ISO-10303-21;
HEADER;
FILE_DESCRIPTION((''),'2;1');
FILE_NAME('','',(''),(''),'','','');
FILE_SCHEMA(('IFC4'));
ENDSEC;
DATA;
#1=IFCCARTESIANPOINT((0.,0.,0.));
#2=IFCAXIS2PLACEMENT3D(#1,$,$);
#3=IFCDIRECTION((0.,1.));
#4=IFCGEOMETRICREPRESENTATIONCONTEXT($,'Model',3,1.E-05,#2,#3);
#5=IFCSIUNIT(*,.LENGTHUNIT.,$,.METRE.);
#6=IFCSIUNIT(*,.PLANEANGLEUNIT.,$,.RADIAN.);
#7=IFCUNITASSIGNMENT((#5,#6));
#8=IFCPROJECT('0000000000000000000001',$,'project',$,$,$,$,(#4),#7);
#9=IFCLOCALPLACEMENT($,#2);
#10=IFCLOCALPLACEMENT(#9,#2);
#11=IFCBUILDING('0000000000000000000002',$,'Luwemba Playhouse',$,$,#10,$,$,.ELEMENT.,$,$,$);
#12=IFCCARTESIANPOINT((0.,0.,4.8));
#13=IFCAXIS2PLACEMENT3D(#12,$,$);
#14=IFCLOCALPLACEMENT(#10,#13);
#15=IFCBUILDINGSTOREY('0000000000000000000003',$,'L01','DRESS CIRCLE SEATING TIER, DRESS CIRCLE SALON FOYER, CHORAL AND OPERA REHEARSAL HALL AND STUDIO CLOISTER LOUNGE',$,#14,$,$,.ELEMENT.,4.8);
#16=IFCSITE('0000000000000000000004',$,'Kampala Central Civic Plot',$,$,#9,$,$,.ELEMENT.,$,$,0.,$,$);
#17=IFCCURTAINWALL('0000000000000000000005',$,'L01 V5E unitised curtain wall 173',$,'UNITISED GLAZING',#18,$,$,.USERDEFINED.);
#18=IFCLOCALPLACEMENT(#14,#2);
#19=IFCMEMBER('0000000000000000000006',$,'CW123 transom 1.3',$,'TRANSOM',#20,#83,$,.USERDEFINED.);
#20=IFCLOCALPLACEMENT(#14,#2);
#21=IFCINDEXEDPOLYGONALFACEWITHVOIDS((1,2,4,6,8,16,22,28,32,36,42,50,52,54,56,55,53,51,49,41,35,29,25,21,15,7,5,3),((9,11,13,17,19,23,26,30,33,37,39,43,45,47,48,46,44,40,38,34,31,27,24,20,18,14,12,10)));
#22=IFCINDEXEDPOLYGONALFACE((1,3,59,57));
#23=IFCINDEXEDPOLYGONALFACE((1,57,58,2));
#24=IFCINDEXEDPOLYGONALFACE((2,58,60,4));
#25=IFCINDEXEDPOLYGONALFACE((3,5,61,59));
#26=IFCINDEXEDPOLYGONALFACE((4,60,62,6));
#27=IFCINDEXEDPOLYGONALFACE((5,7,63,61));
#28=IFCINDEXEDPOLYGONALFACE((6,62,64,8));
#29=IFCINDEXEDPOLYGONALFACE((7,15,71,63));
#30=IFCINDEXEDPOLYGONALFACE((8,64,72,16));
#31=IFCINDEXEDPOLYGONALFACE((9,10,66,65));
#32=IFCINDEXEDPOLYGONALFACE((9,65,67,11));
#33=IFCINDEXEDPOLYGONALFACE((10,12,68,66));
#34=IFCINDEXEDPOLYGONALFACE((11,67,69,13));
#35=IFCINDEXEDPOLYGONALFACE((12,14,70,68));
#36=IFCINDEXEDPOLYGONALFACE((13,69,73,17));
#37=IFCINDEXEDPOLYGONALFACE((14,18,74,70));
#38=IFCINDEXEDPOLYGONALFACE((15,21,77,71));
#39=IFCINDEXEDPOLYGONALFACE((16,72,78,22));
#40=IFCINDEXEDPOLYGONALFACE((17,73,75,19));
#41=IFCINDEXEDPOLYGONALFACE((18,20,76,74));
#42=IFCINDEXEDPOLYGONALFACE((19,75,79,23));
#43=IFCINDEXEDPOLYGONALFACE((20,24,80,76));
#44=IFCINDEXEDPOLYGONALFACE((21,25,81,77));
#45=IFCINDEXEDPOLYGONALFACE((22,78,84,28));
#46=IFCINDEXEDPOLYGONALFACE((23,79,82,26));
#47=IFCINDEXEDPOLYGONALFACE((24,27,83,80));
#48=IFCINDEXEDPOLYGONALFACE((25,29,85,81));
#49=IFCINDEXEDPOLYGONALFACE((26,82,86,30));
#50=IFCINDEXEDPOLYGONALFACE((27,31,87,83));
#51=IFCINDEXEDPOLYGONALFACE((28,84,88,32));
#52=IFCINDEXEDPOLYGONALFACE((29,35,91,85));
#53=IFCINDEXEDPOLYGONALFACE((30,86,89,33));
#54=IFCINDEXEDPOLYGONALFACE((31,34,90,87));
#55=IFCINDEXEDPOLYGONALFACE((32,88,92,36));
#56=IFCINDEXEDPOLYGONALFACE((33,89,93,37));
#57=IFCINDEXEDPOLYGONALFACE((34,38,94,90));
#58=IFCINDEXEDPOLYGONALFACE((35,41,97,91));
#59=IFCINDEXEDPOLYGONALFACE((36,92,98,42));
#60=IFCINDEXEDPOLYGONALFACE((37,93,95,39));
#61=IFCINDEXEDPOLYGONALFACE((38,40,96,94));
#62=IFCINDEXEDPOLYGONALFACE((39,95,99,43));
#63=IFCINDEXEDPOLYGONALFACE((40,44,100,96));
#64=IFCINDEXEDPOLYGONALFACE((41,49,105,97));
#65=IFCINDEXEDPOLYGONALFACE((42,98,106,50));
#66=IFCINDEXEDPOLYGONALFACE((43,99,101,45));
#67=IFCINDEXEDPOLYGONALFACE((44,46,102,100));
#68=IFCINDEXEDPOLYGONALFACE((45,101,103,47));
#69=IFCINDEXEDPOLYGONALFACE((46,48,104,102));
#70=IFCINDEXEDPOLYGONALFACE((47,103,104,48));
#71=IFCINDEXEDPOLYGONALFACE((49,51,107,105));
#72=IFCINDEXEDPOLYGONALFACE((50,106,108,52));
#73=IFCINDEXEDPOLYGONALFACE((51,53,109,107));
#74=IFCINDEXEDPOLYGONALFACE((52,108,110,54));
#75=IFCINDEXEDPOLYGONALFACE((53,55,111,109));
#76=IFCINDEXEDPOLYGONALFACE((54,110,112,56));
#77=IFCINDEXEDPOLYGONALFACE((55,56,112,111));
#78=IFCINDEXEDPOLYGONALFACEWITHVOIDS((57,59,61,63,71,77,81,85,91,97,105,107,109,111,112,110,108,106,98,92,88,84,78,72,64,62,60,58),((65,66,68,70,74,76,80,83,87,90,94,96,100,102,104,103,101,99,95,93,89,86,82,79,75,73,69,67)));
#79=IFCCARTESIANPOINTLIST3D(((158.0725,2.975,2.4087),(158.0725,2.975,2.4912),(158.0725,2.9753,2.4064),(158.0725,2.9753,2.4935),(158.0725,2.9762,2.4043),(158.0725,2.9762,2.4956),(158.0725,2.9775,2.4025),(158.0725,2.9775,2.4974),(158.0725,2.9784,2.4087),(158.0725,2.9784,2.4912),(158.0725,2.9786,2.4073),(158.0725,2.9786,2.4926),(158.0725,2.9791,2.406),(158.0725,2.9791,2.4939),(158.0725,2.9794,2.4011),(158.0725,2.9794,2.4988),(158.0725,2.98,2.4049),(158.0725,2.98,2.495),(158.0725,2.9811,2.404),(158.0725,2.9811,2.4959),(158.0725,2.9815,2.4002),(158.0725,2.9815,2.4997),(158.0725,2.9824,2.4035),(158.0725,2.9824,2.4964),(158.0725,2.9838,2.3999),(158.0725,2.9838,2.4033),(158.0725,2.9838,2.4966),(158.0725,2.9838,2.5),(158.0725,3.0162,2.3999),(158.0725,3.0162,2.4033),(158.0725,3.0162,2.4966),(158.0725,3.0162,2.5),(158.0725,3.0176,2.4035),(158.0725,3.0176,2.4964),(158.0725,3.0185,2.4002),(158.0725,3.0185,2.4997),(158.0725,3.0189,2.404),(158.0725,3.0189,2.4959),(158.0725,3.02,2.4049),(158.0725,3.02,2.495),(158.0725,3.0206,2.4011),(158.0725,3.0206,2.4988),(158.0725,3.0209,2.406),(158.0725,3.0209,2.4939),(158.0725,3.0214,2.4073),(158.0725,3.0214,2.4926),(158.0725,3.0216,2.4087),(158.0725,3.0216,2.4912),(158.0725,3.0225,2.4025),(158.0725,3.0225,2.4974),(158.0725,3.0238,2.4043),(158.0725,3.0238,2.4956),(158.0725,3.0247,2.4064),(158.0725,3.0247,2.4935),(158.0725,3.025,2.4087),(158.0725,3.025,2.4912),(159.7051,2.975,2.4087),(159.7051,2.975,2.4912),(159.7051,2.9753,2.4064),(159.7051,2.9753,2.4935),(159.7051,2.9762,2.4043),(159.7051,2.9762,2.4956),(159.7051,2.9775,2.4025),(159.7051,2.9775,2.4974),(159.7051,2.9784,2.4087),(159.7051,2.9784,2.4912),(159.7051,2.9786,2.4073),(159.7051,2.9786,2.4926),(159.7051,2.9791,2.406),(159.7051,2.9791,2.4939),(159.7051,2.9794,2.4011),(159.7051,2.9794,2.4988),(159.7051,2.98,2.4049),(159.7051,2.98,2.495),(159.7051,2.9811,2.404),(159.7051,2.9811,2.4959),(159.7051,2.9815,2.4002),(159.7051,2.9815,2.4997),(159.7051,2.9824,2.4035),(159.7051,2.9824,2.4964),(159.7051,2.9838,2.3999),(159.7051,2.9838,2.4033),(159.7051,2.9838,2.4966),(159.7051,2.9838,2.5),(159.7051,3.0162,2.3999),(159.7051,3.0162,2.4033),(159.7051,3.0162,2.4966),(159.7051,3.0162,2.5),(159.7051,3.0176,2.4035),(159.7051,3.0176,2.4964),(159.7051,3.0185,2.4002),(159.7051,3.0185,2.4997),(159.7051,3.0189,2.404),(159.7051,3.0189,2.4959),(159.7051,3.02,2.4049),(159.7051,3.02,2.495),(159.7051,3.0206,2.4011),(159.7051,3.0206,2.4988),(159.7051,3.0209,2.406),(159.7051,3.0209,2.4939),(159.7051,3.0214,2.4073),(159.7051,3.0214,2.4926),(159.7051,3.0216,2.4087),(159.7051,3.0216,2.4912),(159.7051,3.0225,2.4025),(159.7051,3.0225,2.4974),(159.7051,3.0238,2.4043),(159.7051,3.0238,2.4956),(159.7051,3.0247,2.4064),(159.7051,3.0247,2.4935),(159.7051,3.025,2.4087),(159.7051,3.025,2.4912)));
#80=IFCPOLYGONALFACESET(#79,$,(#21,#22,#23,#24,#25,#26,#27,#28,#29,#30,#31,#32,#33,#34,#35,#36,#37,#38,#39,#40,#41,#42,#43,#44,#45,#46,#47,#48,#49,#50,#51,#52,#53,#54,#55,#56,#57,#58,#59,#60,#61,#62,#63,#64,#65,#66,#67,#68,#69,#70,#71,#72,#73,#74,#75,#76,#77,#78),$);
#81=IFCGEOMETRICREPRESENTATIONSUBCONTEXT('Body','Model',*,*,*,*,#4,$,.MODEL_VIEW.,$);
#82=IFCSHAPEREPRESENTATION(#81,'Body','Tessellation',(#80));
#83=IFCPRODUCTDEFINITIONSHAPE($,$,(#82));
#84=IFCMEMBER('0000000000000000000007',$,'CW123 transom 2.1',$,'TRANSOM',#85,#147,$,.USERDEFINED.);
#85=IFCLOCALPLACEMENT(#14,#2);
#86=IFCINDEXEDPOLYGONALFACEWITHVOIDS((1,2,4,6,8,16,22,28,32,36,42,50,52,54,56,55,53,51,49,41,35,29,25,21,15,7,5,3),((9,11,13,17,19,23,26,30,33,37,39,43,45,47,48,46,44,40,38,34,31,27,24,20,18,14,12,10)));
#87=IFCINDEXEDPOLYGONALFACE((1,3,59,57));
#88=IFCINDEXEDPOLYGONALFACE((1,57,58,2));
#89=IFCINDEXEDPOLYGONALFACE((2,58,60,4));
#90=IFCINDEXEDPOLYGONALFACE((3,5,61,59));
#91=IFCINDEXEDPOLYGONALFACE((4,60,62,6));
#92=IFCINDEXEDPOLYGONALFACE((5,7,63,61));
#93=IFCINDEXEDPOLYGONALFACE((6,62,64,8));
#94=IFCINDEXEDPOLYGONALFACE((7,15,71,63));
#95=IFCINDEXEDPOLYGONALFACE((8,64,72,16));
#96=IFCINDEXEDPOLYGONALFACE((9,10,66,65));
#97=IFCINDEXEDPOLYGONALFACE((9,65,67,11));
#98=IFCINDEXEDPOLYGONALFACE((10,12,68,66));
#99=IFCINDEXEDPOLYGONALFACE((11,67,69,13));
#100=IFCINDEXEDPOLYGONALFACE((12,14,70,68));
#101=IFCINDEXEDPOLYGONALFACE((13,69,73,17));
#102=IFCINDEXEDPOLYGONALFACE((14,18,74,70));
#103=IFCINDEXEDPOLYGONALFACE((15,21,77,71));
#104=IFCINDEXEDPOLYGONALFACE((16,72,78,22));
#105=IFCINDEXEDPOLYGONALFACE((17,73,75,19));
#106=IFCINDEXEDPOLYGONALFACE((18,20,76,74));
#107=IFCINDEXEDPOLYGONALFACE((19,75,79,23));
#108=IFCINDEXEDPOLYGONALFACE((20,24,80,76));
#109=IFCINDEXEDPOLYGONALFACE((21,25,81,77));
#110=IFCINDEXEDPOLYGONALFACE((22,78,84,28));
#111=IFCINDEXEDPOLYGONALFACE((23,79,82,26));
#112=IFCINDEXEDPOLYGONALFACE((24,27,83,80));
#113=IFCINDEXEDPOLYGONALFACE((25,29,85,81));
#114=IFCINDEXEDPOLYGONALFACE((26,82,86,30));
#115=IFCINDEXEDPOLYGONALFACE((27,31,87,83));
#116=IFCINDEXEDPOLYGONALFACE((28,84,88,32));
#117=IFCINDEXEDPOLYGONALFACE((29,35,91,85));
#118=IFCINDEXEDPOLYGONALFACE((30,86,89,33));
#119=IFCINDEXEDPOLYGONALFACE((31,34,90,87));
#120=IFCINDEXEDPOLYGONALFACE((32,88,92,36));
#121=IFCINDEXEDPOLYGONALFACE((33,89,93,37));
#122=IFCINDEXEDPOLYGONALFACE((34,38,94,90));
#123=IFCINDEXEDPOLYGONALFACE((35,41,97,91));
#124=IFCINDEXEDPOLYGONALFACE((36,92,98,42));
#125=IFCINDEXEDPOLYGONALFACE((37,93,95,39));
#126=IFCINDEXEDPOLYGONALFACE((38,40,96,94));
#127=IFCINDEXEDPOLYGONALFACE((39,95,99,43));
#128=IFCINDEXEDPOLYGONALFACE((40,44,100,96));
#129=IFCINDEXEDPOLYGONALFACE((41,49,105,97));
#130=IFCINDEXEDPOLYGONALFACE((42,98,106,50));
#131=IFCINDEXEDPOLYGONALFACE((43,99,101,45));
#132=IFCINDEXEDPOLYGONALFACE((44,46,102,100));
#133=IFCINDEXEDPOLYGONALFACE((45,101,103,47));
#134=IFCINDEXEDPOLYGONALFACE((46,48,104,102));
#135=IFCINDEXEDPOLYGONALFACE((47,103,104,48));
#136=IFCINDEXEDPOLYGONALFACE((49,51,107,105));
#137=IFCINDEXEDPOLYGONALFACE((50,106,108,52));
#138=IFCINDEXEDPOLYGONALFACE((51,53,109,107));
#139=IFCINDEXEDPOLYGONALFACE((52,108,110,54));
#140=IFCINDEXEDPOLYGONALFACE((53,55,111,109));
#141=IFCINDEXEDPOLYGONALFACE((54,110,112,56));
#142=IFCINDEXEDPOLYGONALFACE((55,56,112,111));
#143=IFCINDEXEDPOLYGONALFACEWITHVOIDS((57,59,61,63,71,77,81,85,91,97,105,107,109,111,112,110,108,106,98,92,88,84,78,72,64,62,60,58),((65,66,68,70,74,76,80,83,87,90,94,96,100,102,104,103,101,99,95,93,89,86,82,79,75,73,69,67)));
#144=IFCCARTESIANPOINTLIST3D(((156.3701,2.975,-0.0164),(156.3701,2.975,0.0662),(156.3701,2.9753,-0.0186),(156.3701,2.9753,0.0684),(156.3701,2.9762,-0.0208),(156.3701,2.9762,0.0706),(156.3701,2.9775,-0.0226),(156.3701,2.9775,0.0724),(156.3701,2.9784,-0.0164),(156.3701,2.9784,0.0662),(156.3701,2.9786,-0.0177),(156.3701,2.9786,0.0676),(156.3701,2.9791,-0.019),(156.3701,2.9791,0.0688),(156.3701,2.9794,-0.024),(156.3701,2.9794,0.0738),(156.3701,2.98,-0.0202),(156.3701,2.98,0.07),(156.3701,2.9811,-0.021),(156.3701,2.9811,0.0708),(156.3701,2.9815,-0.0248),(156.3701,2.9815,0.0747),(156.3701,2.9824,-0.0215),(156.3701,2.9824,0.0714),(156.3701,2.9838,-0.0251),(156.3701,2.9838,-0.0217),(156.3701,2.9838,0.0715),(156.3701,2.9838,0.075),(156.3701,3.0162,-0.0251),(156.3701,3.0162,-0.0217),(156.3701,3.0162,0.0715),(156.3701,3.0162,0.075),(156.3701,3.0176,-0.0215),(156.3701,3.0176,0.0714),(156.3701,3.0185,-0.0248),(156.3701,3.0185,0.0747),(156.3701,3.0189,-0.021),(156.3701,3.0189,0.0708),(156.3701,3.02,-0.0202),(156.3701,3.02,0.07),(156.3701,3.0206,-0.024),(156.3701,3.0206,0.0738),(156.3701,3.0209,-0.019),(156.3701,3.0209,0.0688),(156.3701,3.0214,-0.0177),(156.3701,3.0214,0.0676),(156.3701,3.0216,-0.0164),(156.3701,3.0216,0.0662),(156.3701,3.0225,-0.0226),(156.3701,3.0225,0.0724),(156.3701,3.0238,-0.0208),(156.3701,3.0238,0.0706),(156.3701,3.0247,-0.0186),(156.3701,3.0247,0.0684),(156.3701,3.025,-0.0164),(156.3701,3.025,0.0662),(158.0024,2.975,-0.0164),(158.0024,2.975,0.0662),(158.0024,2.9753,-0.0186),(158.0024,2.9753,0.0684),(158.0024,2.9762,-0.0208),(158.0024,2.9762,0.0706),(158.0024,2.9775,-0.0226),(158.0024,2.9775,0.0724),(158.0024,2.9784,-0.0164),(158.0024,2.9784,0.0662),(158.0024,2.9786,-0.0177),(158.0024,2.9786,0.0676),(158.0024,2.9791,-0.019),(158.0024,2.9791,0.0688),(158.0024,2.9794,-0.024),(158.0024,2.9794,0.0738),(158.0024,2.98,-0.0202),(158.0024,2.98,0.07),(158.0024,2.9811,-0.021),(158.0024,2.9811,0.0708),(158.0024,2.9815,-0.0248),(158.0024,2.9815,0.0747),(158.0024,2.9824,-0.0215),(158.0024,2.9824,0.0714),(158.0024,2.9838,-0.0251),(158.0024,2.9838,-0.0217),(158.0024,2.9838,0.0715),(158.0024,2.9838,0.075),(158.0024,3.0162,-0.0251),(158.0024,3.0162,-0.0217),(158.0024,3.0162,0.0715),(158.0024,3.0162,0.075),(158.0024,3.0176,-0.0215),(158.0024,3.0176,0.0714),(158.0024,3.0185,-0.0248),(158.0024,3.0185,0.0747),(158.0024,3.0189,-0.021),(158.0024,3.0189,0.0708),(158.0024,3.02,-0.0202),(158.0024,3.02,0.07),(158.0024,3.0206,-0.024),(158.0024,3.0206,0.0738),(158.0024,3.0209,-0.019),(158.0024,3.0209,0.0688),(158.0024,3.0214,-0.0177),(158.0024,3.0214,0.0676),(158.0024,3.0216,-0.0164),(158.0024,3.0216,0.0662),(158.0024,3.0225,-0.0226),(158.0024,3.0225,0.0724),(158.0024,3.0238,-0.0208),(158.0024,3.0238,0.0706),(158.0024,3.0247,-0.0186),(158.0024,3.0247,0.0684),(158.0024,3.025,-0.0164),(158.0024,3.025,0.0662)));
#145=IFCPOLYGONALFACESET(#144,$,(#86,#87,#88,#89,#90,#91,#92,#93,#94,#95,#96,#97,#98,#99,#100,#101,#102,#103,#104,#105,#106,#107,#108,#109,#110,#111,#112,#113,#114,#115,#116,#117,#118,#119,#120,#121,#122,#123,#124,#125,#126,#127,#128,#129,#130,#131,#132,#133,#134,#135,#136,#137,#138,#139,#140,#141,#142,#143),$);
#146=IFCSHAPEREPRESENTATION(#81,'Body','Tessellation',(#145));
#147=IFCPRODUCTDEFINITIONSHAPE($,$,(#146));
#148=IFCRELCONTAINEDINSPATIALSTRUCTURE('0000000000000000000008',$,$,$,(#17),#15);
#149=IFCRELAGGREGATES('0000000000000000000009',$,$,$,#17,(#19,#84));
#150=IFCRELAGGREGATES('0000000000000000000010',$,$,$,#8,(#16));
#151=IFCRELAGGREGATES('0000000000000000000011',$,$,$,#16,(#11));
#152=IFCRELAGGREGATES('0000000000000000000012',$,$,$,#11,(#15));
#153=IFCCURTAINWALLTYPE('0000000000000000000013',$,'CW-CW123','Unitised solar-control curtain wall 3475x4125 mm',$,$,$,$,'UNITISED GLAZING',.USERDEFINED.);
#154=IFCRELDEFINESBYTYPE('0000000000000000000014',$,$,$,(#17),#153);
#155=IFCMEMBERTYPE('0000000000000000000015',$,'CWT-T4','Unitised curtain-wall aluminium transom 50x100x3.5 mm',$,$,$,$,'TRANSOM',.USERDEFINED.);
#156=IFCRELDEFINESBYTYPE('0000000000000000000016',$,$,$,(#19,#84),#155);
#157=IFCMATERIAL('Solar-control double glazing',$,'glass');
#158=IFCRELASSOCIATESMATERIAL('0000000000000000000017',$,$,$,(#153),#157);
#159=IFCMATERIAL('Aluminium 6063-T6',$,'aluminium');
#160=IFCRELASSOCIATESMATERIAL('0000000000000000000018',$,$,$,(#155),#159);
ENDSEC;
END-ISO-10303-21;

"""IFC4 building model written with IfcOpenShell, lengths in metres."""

from ifc_helpers import new_model, si_unit, direction, frame, origin, origin_2d, place, context, subcontext, project, spatial, hollow_rectangle, extrude, material, material_profile, profile_set, type_object, element, aggregate, save


model = new_model("IFC4")

# Units and contexts
model_context = context("Model", 3, precision=1e-05, world=origin(), true_north=direction((0.0, 1.0)))
body_context = subcontext(model_context, "Body", "Model", "MODEL_VIEW")
ifc_project = project(units=[si_unit("LENGTHUNIT", "METRE"), si_unit("PLANEANGLEUNIT", "RADIAN")], contexts=[model_context])

# Site, building, storey
site_placement = place(None, origin())
site = spatial("IfcSite", under=ifc_project, at=site_placement, Name="Kampala Central Civic Plot", CompositionType="ELEMENT", RefElevation=0.0)
building_placement = place(site_placement, origin())
building = spatial("IfcBuilding", under=site, at=building_placement, Name="Luwemba Playhouse", CompositionType="ELEMENT")
storey_placement = place(building_placement, frame((0.0, 0.0, 4.8)))
storey = spatial("IfcBuildingStorey", under=building, at=storey_placement, Name="L01", Description="DRESS CIRCLE SEATING TIER, DRESS CIRCLE SALON FOYER, CHORAL AND OPERA REHEARSAL HALL AND STUDIO CLOISTER LOUNGE", CompositionType="ELEMENT", Elevation=4.8)

# Shared definitions
ifc_material_1 = material(Name="Solar-control double glazing", Category="glass")
ifc_material_2 = material(Name="Aluminium 6063-T6", Category="aluminium")

# Curtain wall
curtain_wall_type_1 = type_object("IfcCurtainWallType", Name="CW-CW123", Description="Unitised solar-control curtain wall 3475x4125 mm", ElementType="UNITISED GLAZING", PredefinedType="USERDEFINED", material=ifc_material_1)
curtain_wall_1_placement = place(storey_placement, origin())
curtain_wall_1 = element("IfcCurtainWall", 1, at=curtain_wall_1_placement, inside=storey, type_object=curtain_wall_type_1, Name="L01 V5E unitised curtain wall 173", ObjectType="UNITISED GLAZING", PredefinedType="USERDEFINED")

# Members
ifc_material_profile_1 = material_profile(ifc_material_2, hollow_rectangle(XDim=0.05, YDim=0.1001, WallThickness=0.0034, InnerFilletRadius=0.0054, OuterFilletRadius=0.0088, at=origin_2d()))
ifc_profile_set_1 = profile_set([ifc_material_profile_1], Name="Aluminium 6063-T6")
member_type_1 = type_object("IfcMemberType", Name="CWT-T4", Description="Unitised curtain-wall aluminium transom 50x100x3.5 mm", ElementType="TRANSOM", PredefinedType="USERDEFINED", material=ifc_profile_set_1)
member_1_placement = place(storey_placement, frame((159.7051, 3.0, 2.45), z_axis=(-1.0, 0.0, 0.0), x_axis=(0.0, -1.0, 0.0)))
member_1 = element("IfcMember", 2, at=member_1_placement, type_object=member_type_1, Name="CW123 transom 1.3", ObjectType="TRANSOM", PredefinedType="USERDEFINED", context=body_context, shape_type="SweptSolid", body=[
    extrude(hollow_rectangle(XDim=0.05, YDim=0.1001, WallThickness=0.0034, InnerFilletRadius=0.0054, OuterFilletRadius=0.0088, at=origin_2d()), origin(), (0.0, 0.0, 1.0), 1.6326),
])
member_2_placement = place(storey_placement, frame((158.0024, 3.0, 0.0249), z_axis=(-1.0, 0.0, 0.0), x_axis=(0.0, -1.0, 0.0)))
member_2 = element("IfcMember", 3, at=member_2_placement, type_object=member_type_1, Name="CW123 transom 2.1", ObjectType="TRANSOM", PredefinedType="USERDEFINED", context=body_context, shape_type="SweptSolid", body=[
    extrude(hollow_rectangle(XDim=0.05, YDim=0.1001, WallThickness=0.0034, InnerFilletRadius=0.0054, OuterFilletRadius=0.0088, at=origin_2d()), origin(), (0.0, 0.0, 1.0), 1.6323),
])

aggregate(curtain_wall_1, [member_1, member_2])

save(model, "model.ifc")
